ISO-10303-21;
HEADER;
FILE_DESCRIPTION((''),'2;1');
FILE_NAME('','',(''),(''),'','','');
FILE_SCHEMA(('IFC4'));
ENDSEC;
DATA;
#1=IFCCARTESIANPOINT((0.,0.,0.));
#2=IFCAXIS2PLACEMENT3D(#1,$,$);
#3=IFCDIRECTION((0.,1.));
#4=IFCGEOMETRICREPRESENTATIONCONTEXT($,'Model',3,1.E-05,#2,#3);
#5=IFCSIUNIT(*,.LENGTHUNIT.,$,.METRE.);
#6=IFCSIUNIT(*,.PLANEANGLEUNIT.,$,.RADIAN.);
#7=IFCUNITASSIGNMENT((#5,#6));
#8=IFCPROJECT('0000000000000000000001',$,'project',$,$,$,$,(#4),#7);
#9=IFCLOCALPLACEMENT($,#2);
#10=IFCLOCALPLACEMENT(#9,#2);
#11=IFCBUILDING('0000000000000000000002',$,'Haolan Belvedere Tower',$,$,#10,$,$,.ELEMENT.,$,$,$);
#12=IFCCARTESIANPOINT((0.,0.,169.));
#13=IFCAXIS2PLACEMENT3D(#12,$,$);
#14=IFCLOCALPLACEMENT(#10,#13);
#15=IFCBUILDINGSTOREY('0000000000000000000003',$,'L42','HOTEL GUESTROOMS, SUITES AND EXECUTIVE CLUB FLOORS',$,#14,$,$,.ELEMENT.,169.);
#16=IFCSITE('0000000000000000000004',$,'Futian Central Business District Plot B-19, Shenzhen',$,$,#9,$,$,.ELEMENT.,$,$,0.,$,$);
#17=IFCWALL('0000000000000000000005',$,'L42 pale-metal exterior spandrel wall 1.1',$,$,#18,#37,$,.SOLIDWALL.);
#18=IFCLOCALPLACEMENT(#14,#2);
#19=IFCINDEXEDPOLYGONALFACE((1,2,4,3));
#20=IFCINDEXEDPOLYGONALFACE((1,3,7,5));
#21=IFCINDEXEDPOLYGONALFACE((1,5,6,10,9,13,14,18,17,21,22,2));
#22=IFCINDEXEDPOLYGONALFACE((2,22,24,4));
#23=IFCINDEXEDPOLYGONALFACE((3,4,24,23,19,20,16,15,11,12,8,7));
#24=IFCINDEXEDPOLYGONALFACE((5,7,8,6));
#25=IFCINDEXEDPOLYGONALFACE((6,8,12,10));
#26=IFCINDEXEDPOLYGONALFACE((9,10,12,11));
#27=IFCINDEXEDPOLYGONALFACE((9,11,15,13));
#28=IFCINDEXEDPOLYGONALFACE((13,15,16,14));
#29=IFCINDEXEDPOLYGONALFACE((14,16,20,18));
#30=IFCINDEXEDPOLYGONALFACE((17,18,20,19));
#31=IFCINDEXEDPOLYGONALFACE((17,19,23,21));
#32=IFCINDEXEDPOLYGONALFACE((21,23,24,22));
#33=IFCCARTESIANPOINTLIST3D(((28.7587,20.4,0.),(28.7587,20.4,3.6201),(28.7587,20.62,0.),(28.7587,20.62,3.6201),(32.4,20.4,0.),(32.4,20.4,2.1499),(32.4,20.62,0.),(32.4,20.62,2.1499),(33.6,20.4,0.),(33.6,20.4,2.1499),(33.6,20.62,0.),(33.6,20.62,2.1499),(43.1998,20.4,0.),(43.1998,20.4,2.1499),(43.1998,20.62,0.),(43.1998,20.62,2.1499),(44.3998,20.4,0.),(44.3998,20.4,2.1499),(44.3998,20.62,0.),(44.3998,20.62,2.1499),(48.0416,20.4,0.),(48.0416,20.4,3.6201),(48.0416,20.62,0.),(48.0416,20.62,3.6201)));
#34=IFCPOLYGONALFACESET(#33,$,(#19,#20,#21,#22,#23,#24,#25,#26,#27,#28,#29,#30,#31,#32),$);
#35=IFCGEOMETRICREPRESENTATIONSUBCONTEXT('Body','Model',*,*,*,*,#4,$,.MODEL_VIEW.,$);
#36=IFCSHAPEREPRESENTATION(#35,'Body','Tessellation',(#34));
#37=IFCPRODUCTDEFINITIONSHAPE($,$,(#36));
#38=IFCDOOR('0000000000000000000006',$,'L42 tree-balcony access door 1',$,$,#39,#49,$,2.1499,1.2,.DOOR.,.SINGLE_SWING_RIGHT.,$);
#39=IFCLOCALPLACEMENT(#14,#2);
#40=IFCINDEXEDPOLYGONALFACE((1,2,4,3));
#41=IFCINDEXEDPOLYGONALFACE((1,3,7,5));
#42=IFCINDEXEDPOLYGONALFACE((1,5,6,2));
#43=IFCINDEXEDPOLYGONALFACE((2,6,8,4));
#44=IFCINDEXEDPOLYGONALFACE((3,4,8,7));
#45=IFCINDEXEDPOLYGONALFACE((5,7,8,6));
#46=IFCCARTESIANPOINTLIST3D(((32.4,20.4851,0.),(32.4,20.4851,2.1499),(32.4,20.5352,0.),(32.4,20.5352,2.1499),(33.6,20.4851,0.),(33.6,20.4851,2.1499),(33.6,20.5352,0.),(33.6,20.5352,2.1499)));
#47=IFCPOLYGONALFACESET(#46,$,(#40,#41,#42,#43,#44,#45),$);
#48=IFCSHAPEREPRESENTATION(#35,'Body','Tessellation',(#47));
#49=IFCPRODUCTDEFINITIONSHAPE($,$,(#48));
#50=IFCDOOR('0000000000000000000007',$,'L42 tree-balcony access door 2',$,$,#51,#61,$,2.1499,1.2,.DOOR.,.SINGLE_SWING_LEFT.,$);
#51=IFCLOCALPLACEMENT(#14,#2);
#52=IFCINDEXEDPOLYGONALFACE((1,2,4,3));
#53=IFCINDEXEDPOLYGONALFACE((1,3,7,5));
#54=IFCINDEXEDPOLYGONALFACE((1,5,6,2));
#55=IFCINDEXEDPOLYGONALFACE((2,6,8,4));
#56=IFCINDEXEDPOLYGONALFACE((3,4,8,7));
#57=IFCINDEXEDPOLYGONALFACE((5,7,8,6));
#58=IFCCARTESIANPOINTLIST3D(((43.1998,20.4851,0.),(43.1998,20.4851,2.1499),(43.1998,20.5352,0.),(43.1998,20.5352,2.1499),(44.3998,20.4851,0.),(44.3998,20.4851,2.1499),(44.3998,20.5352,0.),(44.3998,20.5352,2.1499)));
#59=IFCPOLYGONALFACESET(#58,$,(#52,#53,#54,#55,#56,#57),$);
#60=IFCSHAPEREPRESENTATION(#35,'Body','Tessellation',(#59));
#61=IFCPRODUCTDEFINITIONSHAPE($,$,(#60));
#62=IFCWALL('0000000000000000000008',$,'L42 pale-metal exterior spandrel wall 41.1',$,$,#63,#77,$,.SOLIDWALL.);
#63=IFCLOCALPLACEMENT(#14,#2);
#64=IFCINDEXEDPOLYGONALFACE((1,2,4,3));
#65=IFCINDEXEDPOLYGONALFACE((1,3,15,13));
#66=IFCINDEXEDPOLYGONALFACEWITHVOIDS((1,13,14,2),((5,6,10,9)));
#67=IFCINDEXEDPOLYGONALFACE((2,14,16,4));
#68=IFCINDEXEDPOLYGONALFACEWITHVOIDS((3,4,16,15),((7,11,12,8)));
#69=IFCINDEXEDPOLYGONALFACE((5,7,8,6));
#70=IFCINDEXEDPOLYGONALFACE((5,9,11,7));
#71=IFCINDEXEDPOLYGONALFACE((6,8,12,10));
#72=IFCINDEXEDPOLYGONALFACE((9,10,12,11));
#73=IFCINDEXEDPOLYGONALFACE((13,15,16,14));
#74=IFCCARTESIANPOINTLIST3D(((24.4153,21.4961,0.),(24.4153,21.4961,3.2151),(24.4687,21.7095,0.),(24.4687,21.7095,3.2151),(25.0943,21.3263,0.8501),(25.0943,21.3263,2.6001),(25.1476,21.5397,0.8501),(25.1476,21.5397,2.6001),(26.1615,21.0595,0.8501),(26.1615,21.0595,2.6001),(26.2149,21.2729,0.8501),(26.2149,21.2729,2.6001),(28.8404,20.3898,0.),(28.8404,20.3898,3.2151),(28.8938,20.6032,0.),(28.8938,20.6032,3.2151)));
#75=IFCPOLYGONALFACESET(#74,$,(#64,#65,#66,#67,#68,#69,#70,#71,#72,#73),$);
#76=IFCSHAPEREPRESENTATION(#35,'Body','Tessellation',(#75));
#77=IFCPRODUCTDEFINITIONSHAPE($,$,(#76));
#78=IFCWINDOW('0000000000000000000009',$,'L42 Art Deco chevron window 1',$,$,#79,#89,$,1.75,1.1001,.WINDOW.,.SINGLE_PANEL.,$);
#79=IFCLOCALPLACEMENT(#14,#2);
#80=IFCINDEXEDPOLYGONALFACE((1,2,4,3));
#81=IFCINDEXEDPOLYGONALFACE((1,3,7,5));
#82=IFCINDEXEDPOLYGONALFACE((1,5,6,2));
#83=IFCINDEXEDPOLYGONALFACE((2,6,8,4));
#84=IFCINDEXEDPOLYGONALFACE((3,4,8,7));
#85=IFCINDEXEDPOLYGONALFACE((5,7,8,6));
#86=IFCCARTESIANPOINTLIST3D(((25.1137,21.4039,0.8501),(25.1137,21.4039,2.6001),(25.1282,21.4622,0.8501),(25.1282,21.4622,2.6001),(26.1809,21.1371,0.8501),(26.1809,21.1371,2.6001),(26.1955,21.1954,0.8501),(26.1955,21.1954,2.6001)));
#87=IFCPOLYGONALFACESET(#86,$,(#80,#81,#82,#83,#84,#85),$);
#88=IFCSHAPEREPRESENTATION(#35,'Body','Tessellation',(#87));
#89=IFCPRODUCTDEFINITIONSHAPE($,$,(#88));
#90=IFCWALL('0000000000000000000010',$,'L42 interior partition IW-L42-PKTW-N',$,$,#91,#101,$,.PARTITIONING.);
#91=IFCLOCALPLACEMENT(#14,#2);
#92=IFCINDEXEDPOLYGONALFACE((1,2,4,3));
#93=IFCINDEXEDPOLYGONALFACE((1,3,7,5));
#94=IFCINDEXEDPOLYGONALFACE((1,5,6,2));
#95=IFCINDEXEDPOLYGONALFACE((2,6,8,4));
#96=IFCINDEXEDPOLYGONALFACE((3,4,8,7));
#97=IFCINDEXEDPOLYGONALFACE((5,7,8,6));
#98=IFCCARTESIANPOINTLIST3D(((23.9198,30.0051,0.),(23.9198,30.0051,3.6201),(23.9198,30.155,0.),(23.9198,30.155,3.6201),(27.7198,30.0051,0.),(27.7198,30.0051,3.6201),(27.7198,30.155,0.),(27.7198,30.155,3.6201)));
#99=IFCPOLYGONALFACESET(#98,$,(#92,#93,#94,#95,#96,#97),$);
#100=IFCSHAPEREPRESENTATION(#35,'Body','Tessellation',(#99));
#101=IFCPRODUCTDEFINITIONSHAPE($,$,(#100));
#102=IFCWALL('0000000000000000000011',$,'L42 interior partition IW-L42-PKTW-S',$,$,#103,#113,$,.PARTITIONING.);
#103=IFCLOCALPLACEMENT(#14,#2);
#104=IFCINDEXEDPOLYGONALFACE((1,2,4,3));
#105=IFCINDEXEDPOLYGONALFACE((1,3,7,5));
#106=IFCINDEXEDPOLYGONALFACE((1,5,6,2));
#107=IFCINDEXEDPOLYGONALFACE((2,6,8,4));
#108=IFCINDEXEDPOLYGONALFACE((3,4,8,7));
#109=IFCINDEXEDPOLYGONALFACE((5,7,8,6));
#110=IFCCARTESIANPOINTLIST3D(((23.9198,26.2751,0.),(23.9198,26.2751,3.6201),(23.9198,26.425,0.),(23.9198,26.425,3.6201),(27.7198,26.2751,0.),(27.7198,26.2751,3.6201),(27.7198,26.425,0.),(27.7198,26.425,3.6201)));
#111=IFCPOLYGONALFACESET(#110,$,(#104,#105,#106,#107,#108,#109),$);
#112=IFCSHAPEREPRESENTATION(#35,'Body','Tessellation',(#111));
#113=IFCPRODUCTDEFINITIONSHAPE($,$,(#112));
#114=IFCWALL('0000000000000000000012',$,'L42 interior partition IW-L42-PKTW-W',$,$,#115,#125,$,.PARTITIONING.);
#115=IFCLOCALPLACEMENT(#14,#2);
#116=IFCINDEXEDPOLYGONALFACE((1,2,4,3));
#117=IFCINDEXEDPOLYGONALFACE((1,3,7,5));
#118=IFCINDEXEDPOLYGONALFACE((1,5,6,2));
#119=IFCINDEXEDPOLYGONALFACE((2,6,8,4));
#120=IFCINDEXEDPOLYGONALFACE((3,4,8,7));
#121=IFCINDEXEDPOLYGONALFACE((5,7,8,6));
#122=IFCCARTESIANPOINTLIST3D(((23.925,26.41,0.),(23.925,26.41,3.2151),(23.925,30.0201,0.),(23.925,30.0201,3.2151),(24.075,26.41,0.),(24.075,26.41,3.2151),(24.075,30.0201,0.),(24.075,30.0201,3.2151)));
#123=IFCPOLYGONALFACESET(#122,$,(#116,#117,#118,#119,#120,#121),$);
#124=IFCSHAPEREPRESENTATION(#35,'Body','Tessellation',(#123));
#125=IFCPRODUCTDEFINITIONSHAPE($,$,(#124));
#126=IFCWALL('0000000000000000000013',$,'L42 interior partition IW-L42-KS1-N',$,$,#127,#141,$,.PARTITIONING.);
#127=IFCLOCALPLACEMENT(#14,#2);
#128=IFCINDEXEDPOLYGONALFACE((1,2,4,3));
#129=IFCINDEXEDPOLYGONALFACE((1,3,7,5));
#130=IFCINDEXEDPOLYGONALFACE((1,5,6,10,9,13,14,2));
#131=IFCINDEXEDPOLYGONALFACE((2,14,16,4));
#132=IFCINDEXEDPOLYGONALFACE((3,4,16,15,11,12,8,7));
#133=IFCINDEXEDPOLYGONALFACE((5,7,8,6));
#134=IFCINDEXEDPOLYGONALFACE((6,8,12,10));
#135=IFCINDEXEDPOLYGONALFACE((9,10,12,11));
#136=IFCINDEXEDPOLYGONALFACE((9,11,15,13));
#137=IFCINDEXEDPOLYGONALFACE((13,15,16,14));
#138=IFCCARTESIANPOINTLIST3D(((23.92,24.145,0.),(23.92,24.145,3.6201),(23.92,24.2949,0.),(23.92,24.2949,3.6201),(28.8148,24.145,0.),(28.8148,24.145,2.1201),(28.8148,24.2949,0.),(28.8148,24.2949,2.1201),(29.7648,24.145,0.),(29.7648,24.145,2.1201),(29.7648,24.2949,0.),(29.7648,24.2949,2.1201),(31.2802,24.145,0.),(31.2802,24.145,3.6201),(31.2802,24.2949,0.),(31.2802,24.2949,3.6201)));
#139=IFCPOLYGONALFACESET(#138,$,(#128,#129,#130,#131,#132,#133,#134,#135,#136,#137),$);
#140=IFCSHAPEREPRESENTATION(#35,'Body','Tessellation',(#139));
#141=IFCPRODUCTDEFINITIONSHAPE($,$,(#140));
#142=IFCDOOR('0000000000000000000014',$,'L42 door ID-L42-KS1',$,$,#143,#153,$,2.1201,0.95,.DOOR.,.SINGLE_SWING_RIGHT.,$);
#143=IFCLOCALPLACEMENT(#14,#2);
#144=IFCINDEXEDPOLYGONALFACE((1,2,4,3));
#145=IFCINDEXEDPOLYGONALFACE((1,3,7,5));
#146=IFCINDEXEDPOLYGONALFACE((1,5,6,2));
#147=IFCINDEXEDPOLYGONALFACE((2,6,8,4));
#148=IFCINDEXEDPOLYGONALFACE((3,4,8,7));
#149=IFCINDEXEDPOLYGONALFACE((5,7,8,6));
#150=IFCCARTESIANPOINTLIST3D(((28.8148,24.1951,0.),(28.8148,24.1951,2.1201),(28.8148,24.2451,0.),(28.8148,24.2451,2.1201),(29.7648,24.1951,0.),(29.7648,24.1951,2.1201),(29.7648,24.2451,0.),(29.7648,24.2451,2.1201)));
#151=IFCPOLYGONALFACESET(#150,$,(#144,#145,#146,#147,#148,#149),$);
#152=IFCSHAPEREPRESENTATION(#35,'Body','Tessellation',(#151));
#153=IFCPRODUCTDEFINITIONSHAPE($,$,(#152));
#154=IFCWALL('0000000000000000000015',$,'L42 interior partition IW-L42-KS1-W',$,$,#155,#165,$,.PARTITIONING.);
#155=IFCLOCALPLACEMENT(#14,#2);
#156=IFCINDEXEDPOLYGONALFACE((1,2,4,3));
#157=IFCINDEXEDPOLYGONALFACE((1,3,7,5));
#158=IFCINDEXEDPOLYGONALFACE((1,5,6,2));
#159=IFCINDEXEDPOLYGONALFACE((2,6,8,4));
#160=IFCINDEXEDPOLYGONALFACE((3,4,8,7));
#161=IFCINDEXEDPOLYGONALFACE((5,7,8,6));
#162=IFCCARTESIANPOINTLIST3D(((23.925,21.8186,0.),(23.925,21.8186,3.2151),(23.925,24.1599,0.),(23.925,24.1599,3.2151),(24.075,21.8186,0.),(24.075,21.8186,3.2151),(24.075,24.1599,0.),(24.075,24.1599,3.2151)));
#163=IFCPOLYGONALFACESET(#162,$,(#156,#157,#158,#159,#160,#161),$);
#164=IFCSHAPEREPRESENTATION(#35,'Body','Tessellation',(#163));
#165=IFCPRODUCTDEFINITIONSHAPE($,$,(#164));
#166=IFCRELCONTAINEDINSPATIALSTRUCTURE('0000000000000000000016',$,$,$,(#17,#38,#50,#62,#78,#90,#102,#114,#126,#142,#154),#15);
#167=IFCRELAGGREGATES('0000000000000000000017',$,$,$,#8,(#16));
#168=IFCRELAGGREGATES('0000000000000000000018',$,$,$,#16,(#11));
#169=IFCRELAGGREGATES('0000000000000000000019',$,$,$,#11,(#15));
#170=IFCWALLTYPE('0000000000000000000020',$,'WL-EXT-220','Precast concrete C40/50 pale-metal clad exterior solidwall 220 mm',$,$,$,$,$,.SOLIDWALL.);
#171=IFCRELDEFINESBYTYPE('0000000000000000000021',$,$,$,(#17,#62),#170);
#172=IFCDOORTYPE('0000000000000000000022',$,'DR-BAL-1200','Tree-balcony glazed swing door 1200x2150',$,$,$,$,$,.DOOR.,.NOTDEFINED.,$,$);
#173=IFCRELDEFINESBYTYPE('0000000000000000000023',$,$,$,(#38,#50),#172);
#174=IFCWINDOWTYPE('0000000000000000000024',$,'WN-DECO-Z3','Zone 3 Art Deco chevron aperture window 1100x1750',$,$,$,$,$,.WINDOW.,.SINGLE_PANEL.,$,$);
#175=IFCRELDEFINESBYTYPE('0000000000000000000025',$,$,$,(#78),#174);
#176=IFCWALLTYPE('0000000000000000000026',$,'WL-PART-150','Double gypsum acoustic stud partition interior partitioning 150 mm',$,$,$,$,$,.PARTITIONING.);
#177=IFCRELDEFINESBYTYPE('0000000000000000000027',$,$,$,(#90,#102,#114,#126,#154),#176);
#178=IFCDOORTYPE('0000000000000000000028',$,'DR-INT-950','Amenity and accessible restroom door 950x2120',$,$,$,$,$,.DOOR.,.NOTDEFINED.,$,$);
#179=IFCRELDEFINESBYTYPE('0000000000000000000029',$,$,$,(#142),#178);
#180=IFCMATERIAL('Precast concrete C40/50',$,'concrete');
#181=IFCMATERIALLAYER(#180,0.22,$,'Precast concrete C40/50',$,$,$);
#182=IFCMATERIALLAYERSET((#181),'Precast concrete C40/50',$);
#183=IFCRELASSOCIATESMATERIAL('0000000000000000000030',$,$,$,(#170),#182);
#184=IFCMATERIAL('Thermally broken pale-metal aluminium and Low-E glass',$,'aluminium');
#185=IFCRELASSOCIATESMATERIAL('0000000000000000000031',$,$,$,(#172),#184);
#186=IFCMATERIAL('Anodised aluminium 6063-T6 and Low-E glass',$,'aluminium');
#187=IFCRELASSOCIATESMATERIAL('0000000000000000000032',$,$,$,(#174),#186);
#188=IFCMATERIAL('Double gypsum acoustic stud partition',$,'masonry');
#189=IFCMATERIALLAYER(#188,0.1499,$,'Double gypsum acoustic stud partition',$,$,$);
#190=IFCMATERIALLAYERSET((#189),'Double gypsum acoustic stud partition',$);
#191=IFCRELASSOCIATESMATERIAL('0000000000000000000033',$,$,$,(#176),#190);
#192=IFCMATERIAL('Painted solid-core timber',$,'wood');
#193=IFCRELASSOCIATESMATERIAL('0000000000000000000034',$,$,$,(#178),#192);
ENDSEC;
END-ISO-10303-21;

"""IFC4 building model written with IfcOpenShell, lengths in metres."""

from ifc_helpers import new_model, si_unit, direction, frame, frame_2d, origin, place, context, subcontext, project, spatial, rectangle, extrude, material, layer, layer_set, type_object, element, fill, save


model = new_model("IFC4")

# Units and contexts
model_context = context("Model", 3, precision=1e-05, world=origin(), true_north=direction((0.0, 1.0)))
body_context = subcontext(model_context, "Body", "Model", "MODEL_VIEW")
ifc_project = project(units=[si_unit("LENGTHUNIT", "METRE"), si_unit("PLANEANGLEUNIT", "RADIAN")], contexts=[model_context])

# Site, building, storey
site_placement = place(None, origin())
site = spatial("IfcSite", under=ifc_project, at=site_placement, Name="Futian Central Business District Plot B-19, Shenzhen", CompositionType="ELEMENT", RefElevation=0.0)
building_placement = place(site_placement, origin())
building = spatial("IfcBuilding", under=site, at=building_placement, Name="Haolan Belvedere Tower", CompositionType="ELEMENT")
storey_placement = place(building_placement, frame((0.0, 0.0, 169.0)))
storey = spatial("IfcBuildingStorey", under=building, at=storey_placement, Name="L42", Description="HOTEL GUESTROOMS, SUITES AND EXECUTIVE CLUB FLOORS", CompositionType="ELEMENT", Elevation=169.0)

# Wall, openings, doors
ifc_material_1 = material(Name="Precast concrete C40/50", Category="concrete")
ifc_layer_1 = layer(ifc_material_1, 0.22, Name="Precast concrete C40/50")
ifc_layer_set_1 = layer_set([ifc_layer_1], Name="Precast concrete C40/50")
wall_type_1 = type_object("IfcWallType", Name="WL-EXT-220", Description="Precast concrete C40/50 pale-metal clad exterior solidwall 220 mm", PredefinedType="SOLIDWALL", material=ifc_layer_set_1)
wall_1_placement = place(storey_placement, frame((28.7585, 20.51, 0.0), z_axis=(0.0, 0.0, 1.0), x_axis=(1.0, 0.0, 0.0)))
wall_1 = element("IfcWall", 1, at=wall_1_placement, inside=storey, type_object=wall_type_1, Name="L42 pale-metal exterior spandrel wall 1.1", PredefinedType="SOLIDWALL", context=body_context, shape_type="SweptSolid", body=[
    extrude(rectangle(XDim=19.283, YDim=0.22, at=frame_2d((9.6416, 0.0))), origin(), (0.0, 0.0, 1.0), 3.6201),
])
opening_1_placement = place(wall_1_placement, frame((4.8416, 0.0, 0.0), z_axis=(0.0, 0.0, 1.0), x_axis=(-1.0, 0.0, 0.0)))
opening_1 = element("IfcOpeningElement", 2, at=opening_1_placement, cuts=wall_1, PredefinedType="OPENING", context=body_context, shape_type="SweptSolid", body=[
    extrude(rectangle(XDim=1.2, YDim=2.1499, at=frame_2d((0.6001, 1.075))), frame((0.0, 0.1199, 0.0), z_axis=(0.0, -1.0, 0.0), x_axis=(1.0, 0.0, 0.0)), (0.0, 0.0, 1.0), 0.24),
])
opening_2_placement = place(wall_1_placement, frame((15.6414, 0.0, 0.0), z_axis=(0.0, 0.0, 1.0), x_axis=(-1.0, 0.0, 0.0)))
opening_2 = element("IfcOpeningElement", 3, at=opening_2_placement, cuts=wall_1, PredefinedType="OPENING", context=body_context, shape_type="SweptSolid", body=[
    extrude(rectangle(XDim=1.2, YDim=2.1499, at=frame_2d((0.6001, 1.075))), frame((0.0, 0.1199, 0.0), z_axis=(0.0, -1.0, 0.0), x_axis=(1.0, 0.0, 0.0)), (0.0, 0.0, 1.0), 0.24),
])
ifc_material_2 = material(Name="Thermally broken pale-metal aluminium and Low-E glass", Category="aluminium")
door_type_1 = type_object("IfcDoorType", Name="DR-BAL-1200", Description="Tree-balcony glazed swing door 1200x2150", OperationType="NOTDEFINED", PredefinedType="DOOR", material=ifc_material_2)
door_1_placement = place(opening_1_placement, origin())
door_1 = element("IfcDoor", 4, at=door_1_placement, inside=storey, type_object=door_type_1, Name="L42 tree-balcony access door 1", OperationType="SINGLE_SWING_RIGHT", OverallHeight=2.1499, OverallWidth=1.2, PredefinedType="DOOR", context=body_context, shape_type="SweptSolid", body=[
    extrude(rectangle(XDim=1.2, YDim=2.1499, at=frame_2d((0.6001, 1.075))), frame((0.0, 0.0249, 0.0), z_axis=(0.0, -1.0, 0.0), x_axis=(1.0, 0.0, 0.0)), (0.0, 0.0, 1.0), 0.05),
])
fill(opening_1, door_1)
door_2_placement = place(opening_2_placement, origin())
door_2 = element("IfcDoor", 5, at=door_2_placement, inside=storey, type_object=door_type_1, Name="L42 tree-balcony access door 2", OperationType="SINGLE_SWING_LEFT", OverallHeight=2.1499, OverallWidth=1.2, PredefinedType="DOOR", context=body_context, shape_type="SweptSolid", body=[
    extrude(rectangle(XDim=1.2, YDim=2.1499, at=frame_2d((0.6001, 1.075))), frame((0.0, 0.0249, 0.0), z_axis=(0.0, -1.0, 0.0), x_axis=(1.0, 0.0, 0.0)), (0.0, 0.0, 1.0), 0.05),
])
fill(opening_2, door_2)

# Wall, opening, window
wall_2_placement = place(storey_placement, frame((24.4419, 21.6028, 0.0), z_axis=(0.0, 0.0, 1.0), x_axis=(0.970146, -0.242523, 0.0)))
wall_2 = element("IfcWall", 6, at=wall_2_placement, inside=storey, type_object=wall_type_1, Name="L42 pale-metal exterior spandrel wall 41.1", PredefinedType="SOLIDWALL", context=body_context, shape_type="SweptSolid", body=[
    extrude(rectangle(XDim=4.5613, YDim=0.22, at=frame_2d((2.2808, 0.0))), origin(), (0.0, 0.0, 1.0), 3.2151),
])
opening_3_placement = place(wall_2_placement, frame((0.7, 0.0, 0.8501)))
opening_3 = element("IfcOpeningElement", 7, at=opening_3_placement, cuts=wall_2, PredefinedType="OPENING", context=body_context, shape_type="SweptSolid", body=[
    extrude(rectangle(XDim=1.1001, YDim=1.75, at=frame_2d((0.55, 0.875))), frame((0.0, 0.1199, 0.0), z_axis=(0.0, -1.0, 0.0), x_axis=(1.0, 0.0, 0.0)), (0.0, 0.0, 1.0), 0.24),
])
ifc_material_3 = material(Name="Anodised aluminium 6063-T6 and Low-E glass", Category="aluminium")
window_type = type_object("IfcWindowType", Name="WN-DECO-Z3", Description="Zone 3 Art Deco chevron aperture window 1100x1750", PartitioningType="SINGLE_PANEL", PredefinedType="WINDOW", material=ifc_material_3)
window_placement = place(opening_3_placement, origin())
window = element("IfcWindow", 8, at=window_placement, inside=storey, type_object=window_type, Name="L42 Art Deco chevron window 1", OverallHeight=1.75, OverallWidth=1.1001, PartitioningType="SINGLE_PANEL", PredefinedType="WINDOW", context=body_context, shape_type="SweptSolid", body=[
    extrude(rectangle(XDim=1.1001, YDim=1.75, at=frame_2d((0.55, 0.875))), frame((0.0, 0.03, 0.0), z_axis=(0.0, -1.0, 0.0), x_axis=(1.0, 0.0, 0.0)), (0.0, 0.0, 1.0), 0.0601),
])
fill(opening_3, window)

# Walls
ifc_material_4 = material(Name="Double gypsum acoustic stud partition", Category="masonry")
ifc_layer_2 = layer(ifc_material_4, 0.1499, Name="Double gypsum acoustic stud partition")
ifc_layer_set_2 = layer_set([ifc_layer_2], Name="Double gypsum acoustic stud partition")
wall_type_2 = type_object("IfcWallType", Name="WL-PART-150", Description="Double gypsum acoustic stud partition interior partitioning 150 mm", PredefinedType="PARTITIONING", material=ifc_layer_set_2)
for number, where, z_axis, x_axis, name in (
    (9, (23.9199, 30.0801, 0.0), (0.0, 0.0, 1.0), (1.0, 0.0, 0.0), "L42 interior partition IW-L42-PKTW-N"),
    (10, (23.9199, 26.3501, 0.0), (0.0, 0.0, 1.0), (1.0, 0.0, 0.0), "L42 interior partition IW-L42-PKTW-S"),
):
    element("IfcWall", number, at=place(storey_placement, frame(where, z_axis=z_axis, x_axis=x_axis)), inside=storey, type_object=wall_type_2, Name=name, PredefinedType="PARTITIONING", context=body_context, shape_type="SweptSolid", body=[
        extrude(rectangle(XDim=3.8, YDim=0.1499, at=frame_2d((1.8999, 0.0))), origin(), (0.0, 0.0, 1.0), 3.6201),
    ])
wall_3_placement = place(storey_placement, frame((24.0, 26.4099, 0.0), z_axis=(0.0, 0.0, 1.0), x_axis=(0.0, 1.0, 0.0)))
element("IfcWall", 11, at=wall_3_placement, inside=storey, type_object=wall_type_2, Name="L42 interior partition IW-L42-PKTW-W", PredefinedType="PARTITIONING", context=body_context, shape_type="SweptSolid", body=[
    extrude(rectangle(XDim=3.6101, YDim=0.1499, at=frame_2d((1.8052, 0.0))), origin(), (0.0, 0.0, 1.0), 3.2151),
])

# Wall, opening, door
ifc_material_5 = material(Name="Painted solid-core timber", Category="wood")
door_type_2 = type_object("IfcDoorType", Name="DR-INT-950", Description="Amenity and accessible restroom door 950x2120", OperationType="NOTDEFINED", PredefinedType="DOOR", material=ifc_material_5)
wall_4_placement = place(storey_placement, frame((23.9199, 24.22, 0.0), z_axis=(0.0, 0.0, 1.0), x_axis=(1.0, 0.0, 0.0)))
wall_4 = element("IfcWall", 12, at=wall_4_placement, inside=storey, type_object=wall_type_2, Name="L42 interior partition IW-L42-KS1-N", PredefinedType="PARTITIONING", context=body_context, shape_type="SweptSolid", body=[
    extrude(rectangle(XDim=7.3601, YDim=0.1499, at=frame_2d((3.6802, 0.0))), origin(), (0.0, 0.0, 1.0), 3.6201),
])
opening_4_placement = place(wall_4_placement, frame((5.845, 0.0, 0.0), z_axis=(0.0, 0.0, 1.0), x_axis=(-1.0, 0.0, 0.0)))
opening_4 = element("IfcOpeningElement", 13, at=opening_4_placement, cuts=wall_4, PredefinedType="OPENING", context=body_context, shape_type="SweptSolid", body=[
    extrude(rectangle(XDim=0.95, YDim=2.1201, at=frame_2d((0.4751, 1.0601))), frame((0.0, 0.085, 0.0), z_axis=(0.0, -1.0, 0.0), x_axis=(1.0, 0.0, 0.0)), (0.0, 0.0, 1.0), 0.1699),
])
door_3_placement = place(opening_4_placement, origin())
door_3 = element("IfcDoor", 14, at=door_3_placement, inside=storey, type_object=door_type_2, Name="L42 door ID-L42-KS1", OperationType="SINGLE_SWING_RIGHT", OverallHeight=2.1201, OverallWidth=0.95, PredefinedType="DOOR", context=body_context, shape_type="SweptSolid", body=[
    extrude(rectangle(XDim=0.95, YDim=2.1201, at=frame_2d((0.4751, 1.0601))), frame((0.0, 0.0249, 0.0), z_axis=(0.0, -1.0, 0.0), x_axis=(1.0, 0.0, 0.0)), (0.0, 0.0, 1.0), 0.05),
])
fill(opening_4, door_3)

# Wall
wall_5_placement = place(storey_placement, frame((24.0, 21.8186, 0.0), z_axis=(0.0, 0.0, 1.0), x_axis=(0.0, 1.0, 0.0)))
element("IfcWall", 15, at=wall_5_placement, inside=storey, type_object=wall_type_2, Name="L42 interior partition IW-L42-KS1-W", PredefinedType="PARTITIONING", context=body_context, shape_type="SweptSolid", body=[
    extrude(rectangle(XDim=2.3413, YDim=0.1499, at=frame_2d((1.1707, 0.0))), origin(), (0.0, 0.0, 1.0), 3.2151),
])

save(model, "model.ifc")
